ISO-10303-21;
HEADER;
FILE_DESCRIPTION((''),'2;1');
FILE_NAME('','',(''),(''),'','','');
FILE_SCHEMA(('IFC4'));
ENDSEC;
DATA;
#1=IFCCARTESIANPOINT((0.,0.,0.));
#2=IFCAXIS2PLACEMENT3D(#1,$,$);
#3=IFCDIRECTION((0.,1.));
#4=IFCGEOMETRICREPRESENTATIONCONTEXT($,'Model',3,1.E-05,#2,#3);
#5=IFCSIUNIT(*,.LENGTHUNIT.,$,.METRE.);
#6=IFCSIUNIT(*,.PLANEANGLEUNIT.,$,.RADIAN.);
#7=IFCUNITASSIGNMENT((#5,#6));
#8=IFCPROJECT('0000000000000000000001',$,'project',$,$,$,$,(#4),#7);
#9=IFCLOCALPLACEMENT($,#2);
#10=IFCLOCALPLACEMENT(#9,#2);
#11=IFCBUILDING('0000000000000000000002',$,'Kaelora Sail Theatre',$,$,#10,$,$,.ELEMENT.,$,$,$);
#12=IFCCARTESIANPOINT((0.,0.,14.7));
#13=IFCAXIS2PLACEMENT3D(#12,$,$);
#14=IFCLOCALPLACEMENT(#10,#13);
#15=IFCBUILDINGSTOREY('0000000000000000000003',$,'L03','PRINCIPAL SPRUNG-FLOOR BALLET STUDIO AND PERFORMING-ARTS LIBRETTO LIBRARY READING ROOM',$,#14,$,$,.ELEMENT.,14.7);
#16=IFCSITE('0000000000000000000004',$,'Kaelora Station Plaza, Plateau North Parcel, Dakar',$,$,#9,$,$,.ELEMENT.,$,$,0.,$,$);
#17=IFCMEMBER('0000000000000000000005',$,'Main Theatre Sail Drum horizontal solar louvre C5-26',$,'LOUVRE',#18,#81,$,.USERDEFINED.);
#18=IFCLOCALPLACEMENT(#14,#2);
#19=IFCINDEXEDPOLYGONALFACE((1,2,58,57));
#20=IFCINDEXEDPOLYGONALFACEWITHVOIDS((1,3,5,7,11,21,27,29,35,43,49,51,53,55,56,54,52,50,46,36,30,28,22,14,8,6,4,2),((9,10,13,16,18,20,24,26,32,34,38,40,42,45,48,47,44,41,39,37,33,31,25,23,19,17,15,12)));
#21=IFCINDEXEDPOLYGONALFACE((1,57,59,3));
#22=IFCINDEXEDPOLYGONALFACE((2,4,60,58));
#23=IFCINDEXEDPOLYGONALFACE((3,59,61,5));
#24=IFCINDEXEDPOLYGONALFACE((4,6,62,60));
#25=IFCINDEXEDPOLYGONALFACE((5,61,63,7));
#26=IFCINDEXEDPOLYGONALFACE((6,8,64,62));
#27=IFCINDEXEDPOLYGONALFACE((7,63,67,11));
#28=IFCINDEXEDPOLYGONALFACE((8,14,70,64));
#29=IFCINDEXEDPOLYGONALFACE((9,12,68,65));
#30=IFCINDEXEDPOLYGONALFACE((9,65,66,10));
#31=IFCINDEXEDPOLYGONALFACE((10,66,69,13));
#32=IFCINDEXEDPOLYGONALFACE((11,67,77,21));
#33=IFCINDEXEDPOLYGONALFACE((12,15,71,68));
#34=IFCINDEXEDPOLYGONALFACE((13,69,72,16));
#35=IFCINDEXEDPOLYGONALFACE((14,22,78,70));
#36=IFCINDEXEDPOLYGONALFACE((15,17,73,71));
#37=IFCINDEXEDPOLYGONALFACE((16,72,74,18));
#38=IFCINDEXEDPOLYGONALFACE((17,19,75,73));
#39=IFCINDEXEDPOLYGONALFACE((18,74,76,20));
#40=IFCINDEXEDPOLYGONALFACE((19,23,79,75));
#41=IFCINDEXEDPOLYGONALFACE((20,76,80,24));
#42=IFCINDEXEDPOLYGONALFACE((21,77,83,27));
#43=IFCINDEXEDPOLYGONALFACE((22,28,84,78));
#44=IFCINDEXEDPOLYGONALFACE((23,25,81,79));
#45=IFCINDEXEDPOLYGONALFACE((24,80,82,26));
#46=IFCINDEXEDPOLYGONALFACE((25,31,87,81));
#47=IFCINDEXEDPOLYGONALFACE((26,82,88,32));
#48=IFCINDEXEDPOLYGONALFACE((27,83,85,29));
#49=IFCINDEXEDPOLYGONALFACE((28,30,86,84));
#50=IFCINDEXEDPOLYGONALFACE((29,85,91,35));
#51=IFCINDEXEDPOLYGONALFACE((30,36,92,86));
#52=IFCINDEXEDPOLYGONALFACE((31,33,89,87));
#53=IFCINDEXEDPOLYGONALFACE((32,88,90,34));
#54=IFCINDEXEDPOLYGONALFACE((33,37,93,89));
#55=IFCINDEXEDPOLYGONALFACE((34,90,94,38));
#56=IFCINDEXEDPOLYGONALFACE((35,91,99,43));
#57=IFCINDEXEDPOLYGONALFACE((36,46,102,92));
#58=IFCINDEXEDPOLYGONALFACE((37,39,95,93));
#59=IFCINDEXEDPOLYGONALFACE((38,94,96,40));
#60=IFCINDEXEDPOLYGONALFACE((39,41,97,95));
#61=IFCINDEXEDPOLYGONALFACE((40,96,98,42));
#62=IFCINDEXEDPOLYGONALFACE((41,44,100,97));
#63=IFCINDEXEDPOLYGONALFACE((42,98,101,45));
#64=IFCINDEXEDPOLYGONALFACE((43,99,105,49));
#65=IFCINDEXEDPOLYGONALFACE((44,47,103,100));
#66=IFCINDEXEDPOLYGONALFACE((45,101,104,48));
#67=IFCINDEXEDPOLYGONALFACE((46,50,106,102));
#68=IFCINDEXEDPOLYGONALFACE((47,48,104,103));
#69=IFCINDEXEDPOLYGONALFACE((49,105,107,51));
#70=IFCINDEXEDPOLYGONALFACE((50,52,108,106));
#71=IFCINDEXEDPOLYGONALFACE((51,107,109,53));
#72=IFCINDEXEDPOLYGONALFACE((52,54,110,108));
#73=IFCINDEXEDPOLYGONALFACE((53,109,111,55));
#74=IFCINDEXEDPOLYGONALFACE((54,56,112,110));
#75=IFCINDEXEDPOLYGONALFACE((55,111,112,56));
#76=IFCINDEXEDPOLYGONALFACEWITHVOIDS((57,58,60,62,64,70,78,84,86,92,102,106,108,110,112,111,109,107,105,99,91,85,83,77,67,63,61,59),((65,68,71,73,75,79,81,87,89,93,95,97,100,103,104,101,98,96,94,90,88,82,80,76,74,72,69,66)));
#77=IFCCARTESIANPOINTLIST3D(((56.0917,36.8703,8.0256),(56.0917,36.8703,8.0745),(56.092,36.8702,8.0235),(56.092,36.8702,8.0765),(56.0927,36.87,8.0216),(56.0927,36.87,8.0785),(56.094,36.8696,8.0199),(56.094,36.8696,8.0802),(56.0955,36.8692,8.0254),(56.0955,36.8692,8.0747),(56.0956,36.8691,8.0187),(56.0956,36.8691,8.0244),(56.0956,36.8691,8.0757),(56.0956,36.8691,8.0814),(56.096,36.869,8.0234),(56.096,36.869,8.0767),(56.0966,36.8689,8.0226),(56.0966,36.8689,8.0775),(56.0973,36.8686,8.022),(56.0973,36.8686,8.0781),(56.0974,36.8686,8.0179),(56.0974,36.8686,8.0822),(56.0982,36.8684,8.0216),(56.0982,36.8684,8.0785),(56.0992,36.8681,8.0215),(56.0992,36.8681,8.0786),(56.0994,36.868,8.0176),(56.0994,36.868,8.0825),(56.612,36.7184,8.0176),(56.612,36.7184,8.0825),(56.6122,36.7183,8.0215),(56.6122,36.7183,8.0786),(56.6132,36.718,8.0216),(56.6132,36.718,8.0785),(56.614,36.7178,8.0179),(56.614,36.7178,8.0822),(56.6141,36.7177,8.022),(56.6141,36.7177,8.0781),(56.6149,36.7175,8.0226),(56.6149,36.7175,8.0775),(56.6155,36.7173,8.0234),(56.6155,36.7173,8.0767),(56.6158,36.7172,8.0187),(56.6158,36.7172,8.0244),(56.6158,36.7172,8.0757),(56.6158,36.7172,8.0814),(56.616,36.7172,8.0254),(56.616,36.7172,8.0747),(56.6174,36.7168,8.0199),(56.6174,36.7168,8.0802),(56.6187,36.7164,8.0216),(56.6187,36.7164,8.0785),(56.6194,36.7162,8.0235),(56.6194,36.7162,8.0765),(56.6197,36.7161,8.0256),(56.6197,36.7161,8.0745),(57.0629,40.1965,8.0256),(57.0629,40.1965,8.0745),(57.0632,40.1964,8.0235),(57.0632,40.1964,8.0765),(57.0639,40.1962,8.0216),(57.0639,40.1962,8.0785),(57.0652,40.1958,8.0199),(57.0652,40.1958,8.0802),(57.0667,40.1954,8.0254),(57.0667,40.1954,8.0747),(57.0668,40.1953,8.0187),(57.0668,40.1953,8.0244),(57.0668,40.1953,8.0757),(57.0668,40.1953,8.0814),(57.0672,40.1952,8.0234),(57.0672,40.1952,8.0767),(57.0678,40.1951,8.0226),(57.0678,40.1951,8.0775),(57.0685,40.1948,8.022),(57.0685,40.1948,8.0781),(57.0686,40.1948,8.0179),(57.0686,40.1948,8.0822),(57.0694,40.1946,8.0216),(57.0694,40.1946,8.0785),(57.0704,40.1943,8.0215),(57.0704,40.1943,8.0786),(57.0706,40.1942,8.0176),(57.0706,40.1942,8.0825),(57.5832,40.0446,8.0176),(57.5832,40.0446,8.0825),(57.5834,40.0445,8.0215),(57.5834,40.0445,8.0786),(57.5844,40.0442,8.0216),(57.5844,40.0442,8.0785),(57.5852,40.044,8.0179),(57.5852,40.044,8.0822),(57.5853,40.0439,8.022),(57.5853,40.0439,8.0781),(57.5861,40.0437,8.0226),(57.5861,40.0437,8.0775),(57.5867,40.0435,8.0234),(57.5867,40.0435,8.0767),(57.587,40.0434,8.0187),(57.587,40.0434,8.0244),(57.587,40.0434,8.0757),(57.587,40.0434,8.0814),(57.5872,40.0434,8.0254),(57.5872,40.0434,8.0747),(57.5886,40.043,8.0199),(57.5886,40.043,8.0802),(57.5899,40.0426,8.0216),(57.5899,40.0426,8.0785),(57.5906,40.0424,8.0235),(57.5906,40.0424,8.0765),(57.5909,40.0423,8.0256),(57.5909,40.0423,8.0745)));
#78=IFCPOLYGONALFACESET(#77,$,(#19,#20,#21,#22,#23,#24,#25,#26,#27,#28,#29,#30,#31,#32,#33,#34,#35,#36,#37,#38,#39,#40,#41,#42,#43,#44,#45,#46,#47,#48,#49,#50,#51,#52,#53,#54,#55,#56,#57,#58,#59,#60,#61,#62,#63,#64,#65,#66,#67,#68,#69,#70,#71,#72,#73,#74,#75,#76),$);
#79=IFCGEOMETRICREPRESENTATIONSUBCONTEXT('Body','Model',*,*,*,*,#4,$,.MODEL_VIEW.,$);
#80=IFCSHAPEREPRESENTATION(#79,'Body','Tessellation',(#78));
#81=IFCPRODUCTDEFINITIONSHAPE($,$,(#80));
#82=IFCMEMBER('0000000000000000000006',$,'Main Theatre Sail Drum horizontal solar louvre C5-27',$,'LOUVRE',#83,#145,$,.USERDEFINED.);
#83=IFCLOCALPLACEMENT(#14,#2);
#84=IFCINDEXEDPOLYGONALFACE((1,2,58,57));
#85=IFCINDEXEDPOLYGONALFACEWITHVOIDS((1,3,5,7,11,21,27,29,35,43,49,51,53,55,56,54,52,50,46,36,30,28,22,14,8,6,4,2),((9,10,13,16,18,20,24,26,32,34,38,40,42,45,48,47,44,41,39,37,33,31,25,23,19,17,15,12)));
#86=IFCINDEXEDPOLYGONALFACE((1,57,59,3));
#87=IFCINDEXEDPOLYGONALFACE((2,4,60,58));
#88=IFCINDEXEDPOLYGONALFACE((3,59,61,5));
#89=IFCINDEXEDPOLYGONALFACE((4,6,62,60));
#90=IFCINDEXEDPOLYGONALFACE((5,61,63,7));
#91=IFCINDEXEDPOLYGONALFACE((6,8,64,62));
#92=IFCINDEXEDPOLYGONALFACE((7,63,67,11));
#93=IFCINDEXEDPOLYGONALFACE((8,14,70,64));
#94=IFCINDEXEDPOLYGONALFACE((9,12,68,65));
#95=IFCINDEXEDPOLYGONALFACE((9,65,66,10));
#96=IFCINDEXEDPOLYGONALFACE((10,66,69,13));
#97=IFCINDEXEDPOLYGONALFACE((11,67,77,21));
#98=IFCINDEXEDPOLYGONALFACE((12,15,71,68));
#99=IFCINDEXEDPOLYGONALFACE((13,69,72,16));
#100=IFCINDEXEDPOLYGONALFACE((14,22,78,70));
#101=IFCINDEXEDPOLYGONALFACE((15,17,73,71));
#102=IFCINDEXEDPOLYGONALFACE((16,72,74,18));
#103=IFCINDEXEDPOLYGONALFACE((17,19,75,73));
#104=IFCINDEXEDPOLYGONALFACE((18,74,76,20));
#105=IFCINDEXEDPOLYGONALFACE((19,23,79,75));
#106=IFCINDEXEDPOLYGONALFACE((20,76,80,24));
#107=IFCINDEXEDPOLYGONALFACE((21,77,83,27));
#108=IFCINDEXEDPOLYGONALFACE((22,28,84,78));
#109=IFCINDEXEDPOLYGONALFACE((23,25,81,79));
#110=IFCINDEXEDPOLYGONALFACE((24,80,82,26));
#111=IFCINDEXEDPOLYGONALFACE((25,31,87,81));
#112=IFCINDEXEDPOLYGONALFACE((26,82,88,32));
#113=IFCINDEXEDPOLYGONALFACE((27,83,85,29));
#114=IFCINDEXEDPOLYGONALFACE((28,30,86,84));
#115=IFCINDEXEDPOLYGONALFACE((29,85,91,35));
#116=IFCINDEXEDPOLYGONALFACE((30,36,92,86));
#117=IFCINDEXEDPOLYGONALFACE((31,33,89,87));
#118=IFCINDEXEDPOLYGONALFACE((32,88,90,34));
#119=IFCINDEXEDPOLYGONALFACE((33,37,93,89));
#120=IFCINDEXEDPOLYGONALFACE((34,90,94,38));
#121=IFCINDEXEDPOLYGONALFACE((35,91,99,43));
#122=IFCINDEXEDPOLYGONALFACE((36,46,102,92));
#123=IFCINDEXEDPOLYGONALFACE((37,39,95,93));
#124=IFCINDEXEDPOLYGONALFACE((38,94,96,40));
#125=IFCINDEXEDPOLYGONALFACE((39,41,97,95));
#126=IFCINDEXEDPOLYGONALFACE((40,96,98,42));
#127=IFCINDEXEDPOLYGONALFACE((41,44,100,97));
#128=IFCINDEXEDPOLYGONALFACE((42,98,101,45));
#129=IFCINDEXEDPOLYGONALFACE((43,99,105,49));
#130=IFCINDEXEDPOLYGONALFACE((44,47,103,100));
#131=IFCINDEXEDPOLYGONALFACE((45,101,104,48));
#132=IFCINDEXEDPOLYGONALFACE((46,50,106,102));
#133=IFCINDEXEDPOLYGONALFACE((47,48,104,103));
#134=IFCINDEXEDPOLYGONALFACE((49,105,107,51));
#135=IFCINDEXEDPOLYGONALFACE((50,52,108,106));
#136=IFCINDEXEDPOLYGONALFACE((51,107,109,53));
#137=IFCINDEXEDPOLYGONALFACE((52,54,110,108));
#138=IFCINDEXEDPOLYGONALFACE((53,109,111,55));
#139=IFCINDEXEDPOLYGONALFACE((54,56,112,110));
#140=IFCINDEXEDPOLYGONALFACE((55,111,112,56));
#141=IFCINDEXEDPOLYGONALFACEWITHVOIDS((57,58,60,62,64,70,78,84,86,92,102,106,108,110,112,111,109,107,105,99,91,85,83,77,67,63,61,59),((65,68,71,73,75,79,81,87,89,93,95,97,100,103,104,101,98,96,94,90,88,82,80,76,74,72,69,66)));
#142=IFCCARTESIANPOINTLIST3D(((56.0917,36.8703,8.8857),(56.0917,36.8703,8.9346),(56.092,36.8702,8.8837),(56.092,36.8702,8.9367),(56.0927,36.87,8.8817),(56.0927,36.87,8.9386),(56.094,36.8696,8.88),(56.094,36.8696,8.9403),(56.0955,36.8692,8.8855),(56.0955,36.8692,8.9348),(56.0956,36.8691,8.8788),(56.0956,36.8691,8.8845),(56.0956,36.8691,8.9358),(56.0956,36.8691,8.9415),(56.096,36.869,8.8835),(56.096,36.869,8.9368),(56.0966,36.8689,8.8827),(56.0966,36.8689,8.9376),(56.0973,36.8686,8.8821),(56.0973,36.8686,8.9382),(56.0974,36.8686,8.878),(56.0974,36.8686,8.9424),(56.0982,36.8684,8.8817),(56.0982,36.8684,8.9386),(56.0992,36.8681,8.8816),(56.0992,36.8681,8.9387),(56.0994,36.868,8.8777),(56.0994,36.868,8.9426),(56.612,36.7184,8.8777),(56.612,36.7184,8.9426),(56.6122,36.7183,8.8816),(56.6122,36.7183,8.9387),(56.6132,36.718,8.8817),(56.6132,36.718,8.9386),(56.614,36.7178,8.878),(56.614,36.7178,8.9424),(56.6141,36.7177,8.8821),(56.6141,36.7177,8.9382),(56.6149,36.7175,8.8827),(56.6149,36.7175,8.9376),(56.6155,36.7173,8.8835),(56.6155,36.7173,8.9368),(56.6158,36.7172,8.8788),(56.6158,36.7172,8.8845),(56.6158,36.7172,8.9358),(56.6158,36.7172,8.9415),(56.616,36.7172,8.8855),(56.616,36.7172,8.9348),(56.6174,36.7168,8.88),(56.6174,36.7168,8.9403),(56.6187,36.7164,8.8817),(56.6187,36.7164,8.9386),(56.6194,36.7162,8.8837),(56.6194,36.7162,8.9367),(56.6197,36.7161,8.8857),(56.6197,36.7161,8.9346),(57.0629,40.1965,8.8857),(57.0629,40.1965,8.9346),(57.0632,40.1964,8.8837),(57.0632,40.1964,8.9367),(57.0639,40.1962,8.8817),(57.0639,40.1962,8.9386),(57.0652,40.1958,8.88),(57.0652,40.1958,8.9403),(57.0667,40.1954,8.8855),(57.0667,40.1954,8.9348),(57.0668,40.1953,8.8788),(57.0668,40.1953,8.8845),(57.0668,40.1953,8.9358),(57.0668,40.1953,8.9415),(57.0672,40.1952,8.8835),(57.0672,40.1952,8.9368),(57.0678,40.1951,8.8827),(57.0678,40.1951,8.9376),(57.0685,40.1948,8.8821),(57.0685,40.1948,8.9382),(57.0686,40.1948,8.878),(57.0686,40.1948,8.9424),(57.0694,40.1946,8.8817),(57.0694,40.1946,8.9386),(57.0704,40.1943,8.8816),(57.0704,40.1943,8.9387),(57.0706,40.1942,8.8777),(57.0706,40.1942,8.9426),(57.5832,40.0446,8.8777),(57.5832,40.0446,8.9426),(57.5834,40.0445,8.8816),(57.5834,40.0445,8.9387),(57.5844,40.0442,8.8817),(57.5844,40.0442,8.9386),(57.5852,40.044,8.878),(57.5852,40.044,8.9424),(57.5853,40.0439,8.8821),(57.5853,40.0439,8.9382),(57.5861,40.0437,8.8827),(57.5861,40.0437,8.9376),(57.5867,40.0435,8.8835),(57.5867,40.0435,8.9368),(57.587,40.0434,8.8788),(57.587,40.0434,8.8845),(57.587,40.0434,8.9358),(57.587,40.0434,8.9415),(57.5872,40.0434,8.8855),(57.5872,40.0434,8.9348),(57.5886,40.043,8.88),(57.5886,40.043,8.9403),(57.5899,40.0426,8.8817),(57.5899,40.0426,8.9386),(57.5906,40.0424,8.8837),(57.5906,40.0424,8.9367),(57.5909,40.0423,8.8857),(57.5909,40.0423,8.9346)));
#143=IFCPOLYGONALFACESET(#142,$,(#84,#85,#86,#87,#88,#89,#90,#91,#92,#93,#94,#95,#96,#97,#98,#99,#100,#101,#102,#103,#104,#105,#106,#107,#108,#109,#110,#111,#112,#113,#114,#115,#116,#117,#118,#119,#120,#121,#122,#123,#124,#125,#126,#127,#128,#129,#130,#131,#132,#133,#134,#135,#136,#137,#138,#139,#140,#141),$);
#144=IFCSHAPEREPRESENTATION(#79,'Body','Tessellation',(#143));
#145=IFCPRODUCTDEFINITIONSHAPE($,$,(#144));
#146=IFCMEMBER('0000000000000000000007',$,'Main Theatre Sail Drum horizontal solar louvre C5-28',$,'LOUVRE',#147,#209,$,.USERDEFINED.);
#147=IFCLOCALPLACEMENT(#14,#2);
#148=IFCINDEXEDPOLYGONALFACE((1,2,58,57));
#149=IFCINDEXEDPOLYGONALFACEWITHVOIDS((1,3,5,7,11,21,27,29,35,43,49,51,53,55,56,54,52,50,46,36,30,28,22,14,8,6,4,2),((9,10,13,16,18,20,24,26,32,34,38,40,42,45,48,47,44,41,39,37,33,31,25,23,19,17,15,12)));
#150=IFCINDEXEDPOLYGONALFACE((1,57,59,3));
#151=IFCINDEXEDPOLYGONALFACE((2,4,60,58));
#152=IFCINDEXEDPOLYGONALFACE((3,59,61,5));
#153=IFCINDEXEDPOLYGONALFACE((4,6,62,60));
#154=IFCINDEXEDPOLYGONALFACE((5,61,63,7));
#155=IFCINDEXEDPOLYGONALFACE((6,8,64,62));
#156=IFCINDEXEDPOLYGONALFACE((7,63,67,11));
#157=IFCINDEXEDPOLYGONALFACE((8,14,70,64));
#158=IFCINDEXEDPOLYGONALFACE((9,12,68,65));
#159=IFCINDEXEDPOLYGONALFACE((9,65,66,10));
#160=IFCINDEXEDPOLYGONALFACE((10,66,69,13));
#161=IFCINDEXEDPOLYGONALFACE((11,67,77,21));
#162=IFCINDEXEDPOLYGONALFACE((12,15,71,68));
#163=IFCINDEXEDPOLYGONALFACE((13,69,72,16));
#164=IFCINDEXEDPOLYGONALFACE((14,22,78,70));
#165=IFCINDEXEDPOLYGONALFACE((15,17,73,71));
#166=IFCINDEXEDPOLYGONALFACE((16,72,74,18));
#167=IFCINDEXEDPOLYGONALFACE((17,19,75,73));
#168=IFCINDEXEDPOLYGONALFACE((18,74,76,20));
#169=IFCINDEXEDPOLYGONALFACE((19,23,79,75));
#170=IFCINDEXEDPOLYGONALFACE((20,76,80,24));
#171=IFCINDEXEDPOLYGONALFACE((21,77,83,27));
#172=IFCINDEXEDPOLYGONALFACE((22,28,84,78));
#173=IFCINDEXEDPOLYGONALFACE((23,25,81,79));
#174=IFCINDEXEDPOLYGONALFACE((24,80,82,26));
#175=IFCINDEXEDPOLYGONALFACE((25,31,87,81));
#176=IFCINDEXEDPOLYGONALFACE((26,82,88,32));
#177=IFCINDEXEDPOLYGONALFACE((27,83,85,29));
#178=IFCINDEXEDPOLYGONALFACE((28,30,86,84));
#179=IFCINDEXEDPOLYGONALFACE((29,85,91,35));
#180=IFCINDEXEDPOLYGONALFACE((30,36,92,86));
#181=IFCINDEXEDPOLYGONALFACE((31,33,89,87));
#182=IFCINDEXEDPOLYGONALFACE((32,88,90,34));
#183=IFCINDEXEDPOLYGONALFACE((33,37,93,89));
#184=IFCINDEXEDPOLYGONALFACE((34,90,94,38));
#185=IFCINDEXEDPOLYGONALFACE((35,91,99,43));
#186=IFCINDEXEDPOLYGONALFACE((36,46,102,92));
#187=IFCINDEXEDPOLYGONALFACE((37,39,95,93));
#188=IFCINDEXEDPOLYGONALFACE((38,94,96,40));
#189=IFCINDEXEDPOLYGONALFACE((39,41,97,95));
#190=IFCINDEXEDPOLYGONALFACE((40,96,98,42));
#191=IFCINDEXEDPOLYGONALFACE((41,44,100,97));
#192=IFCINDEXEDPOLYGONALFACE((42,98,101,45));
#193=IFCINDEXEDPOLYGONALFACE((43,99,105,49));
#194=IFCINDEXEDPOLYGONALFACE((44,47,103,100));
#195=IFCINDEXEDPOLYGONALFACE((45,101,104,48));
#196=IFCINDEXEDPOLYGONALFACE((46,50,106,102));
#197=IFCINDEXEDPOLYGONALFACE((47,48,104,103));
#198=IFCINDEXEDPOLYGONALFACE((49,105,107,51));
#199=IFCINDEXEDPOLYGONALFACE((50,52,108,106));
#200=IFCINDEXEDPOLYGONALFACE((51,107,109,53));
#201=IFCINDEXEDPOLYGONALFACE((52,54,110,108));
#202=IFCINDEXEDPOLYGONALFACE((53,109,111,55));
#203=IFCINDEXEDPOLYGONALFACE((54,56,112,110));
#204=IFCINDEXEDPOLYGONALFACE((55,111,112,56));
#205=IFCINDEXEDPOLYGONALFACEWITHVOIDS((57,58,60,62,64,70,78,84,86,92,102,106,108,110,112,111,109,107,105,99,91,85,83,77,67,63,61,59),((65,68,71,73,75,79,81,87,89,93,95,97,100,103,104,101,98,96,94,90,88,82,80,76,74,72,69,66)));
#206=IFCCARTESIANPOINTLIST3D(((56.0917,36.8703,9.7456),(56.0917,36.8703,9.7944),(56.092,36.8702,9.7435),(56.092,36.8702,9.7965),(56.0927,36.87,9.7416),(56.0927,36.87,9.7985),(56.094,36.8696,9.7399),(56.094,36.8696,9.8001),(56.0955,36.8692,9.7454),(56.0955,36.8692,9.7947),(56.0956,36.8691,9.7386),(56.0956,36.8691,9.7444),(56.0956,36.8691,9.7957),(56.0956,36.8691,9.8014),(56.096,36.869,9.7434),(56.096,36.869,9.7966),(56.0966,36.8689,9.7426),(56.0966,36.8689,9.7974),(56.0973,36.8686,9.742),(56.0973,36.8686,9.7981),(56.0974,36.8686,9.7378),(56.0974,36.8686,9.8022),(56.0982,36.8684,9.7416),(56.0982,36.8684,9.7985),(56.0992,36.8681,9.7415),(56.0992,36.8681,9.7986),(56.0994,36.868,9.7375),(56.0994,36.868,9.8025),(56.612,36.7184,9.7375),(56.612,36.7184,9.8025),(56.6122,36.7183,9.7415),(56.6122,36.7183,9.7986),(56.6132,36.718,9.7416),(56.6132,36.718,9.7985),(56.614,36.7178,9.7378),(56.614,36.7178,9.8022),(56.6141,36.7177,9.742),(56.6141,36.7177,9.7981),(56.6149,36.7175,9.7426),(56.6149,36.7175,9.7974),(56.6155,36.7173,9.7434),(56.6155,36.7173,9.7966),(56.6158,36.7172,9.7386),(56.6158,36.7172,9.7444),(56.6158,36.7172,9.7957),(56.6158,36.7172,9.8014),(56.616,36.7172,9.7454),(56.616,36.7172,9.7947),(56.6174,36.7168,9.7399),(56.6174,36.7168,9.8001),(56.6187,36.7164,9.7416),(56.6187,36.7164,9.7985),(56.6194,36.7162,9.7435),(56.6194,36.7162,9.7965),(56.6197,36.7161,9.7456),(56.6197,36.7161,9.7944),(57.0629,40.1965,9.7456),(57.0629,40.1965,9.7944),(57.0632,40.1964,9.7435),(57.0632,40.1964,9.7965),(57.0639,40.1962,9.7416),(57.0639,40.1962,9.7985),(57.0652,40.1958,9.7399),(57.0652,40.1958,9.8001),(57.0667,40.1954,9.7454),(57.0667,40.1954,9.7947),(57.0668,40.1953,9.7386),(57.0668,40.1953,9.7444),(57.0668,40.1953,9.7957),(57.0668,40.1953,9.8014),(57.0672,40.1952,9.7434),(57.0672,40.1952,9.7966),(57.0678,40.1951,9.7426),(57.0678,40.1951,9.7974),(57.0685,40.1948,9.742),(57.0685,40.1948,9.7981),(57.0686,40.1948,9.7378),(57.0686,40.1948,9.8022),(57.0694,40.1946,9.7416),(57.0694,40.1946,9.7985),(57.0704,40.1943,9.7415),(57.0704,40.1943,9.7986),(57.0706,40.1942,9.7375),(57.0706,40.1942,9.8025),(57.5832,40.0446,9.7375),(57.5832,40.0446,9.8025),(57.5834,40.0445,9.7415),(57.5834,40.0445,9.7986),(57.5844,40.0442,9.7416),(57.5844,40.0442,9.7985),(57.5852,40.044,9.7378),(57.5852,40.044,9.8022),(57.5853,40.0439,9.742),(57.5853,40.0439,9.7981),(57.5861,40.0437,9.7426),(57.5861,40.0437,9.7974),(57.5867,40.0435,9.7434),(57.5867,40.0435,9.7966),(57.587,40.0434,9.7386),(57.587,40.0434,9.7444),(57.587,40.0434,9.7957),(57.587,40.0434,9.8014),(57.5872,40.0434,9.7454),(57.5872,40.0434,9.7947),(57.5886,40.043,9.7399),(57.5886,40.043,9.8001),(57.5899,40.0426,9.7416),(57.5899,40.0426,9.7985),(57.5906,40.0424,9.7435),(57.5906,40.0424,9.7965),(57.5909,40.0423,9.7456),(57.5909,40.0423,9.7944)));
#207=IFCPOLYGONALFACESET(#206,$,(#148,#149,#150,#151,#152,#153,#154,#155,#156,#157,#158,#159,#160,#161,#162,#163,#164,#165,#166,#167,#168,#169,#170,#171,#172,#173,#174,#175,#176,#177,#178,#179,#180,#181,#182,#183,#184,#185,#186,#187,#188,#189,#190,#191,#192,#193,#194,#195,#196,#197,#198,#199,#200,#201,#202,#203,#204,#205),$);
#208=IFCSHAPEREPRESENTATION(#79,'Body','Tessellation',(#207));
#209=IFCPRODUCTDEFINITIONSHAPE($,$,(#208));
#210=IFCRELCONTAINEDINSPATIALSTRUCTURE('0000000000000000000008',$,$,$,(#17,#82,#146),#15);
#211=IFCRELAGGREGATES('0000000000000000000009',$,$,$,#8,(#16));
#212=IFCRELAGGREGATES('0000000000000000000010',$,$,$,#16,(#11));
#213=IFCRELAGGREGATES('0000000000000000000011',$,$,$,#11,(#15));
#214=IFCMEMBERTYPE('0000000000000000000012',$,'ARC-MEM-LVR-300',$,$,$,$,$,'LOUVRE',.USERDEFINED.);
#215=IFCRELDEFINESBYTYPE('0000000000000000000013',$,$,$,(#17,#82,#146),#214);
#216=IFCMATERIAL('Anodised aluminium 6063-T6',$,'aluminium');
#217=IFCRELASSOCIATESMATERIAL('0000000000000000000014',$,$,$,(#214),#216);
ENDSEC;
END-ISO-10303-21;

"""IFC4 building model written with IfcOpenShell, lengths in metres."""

from ifc_helpers import new_model, si_unit, direction, frame, origin, origin_2d, place, context, subcontext, project, spatial, hollow_rectangle, extrude, material, material_profile, profile_set, type_object, element, save


model = new_model("IFC4")

# Units and contexts
model_context = context("Model", 3, precision=1e-05, world=origin(), true_north=direction((0.0, 1.0)))
body_context = subcontext(model_context, "Body", "Model", "MODEL_VIEW")
ifc_project = project(units=[si_unit("LENGTHUNIT", "METRE"), si_unit("PLANEANGLEUNIT", "RADIAN")], contexts=[model_context])

# Site, building, storey
site_placement = place(None, origin())
site = spatial("IfcSite", under=ifc_project, at=site_placement, Name="Kaelora Station Plaza, Plateau North Parcel, Dakar", CompositionType="ELEMENT", RefElevation=0.0)
building_placement = place(site_placement, origin())
building = spatial("IfcBuilding", under=site, at=building_placement, Name="Kaelora Sail Theatre", CompositionType="ELEMENT")
storey_placement = place(building_placement, frame((0.0, 0.0, 14.7)))
storey = spatial("IfcBuildingStorey", under=building, at=storey_placement, Name="L03", Description="PRINCIPAL SPRUNG-FLOOR BALLET STUDIO AND PERFORMING-ARTS LIBRETTO LIBRARY READING ROOM", CompositionType="ELEMENT", Elevation=14.7)

# Members
ifc_material_1 = material(Name="Anodised aluminium 6063-T6", Category="aluminium")
ifc_material_profile_1 = material_profile(ifc_material_1, hollow_rectangle(XDim=0.55, YDim=0.0649, WallThickness=0.0039, InnerFilletRadius=0.0039, OuterFilletRadius=0.0081, at=origin_2d()), Name="LOUVRE 550x65x4")
ifc_profile_set_1 = profile_set([ifc_material_profile_1], Name="Anodised aluminium 6063-T6")
member_type = type_object("IfcMemberType", Name="ARC-MEM-LVR-300", ElementType="LOUVRE", PredefinedType="USERDEFINED", material=ifc_profile_set_1)
for number, where, z_axis, x_axis, name in (
    (1, (57.3269, 40.1194, 8.05), (-0.280281, -0.959918, 0.0), (0.959918, -0.280281, 0.0), "Main Theatre Sail Drum horizontal solar louvre C5-26"),
    (2, (57.3269, 40.1194, 8.9102), (-0.280281, -0.959918, 0.0), (0.959918, -0.280281, 0.0), "Main Theatre Sail Drum horizontal solar louvre C5-27"),
    (3, (57.3269, 40.1194, 9.77), (-0.280281, -0.959918, 0.0), (0.959918, -0.280281, 0.0), "Main Theatre Sail Drum horizontal solar louvre C5-28"),
):
    element("IfcMember", number, at=place(storey_placement, frame(where, z_axis=z_axis, x_axis=x_axis)), inside=storey, type_object=member_type, Name=name, ObjectType="LOUVRE", PredefinedType="USERDEFINED", context=body_context, shape_type="SweptSolid", body=[
        extrude(hollow_rectangle(XDim=0.55, YDim=0.0649, WallThickness=0.0039, InnerFilletRadius=0.0039, OuterFilletRadius=0.0081, at=origin_2d()), origin(), (0.0, 0.0, 1.0), 3.4651),
    ])

save(model, "model.ifc")
